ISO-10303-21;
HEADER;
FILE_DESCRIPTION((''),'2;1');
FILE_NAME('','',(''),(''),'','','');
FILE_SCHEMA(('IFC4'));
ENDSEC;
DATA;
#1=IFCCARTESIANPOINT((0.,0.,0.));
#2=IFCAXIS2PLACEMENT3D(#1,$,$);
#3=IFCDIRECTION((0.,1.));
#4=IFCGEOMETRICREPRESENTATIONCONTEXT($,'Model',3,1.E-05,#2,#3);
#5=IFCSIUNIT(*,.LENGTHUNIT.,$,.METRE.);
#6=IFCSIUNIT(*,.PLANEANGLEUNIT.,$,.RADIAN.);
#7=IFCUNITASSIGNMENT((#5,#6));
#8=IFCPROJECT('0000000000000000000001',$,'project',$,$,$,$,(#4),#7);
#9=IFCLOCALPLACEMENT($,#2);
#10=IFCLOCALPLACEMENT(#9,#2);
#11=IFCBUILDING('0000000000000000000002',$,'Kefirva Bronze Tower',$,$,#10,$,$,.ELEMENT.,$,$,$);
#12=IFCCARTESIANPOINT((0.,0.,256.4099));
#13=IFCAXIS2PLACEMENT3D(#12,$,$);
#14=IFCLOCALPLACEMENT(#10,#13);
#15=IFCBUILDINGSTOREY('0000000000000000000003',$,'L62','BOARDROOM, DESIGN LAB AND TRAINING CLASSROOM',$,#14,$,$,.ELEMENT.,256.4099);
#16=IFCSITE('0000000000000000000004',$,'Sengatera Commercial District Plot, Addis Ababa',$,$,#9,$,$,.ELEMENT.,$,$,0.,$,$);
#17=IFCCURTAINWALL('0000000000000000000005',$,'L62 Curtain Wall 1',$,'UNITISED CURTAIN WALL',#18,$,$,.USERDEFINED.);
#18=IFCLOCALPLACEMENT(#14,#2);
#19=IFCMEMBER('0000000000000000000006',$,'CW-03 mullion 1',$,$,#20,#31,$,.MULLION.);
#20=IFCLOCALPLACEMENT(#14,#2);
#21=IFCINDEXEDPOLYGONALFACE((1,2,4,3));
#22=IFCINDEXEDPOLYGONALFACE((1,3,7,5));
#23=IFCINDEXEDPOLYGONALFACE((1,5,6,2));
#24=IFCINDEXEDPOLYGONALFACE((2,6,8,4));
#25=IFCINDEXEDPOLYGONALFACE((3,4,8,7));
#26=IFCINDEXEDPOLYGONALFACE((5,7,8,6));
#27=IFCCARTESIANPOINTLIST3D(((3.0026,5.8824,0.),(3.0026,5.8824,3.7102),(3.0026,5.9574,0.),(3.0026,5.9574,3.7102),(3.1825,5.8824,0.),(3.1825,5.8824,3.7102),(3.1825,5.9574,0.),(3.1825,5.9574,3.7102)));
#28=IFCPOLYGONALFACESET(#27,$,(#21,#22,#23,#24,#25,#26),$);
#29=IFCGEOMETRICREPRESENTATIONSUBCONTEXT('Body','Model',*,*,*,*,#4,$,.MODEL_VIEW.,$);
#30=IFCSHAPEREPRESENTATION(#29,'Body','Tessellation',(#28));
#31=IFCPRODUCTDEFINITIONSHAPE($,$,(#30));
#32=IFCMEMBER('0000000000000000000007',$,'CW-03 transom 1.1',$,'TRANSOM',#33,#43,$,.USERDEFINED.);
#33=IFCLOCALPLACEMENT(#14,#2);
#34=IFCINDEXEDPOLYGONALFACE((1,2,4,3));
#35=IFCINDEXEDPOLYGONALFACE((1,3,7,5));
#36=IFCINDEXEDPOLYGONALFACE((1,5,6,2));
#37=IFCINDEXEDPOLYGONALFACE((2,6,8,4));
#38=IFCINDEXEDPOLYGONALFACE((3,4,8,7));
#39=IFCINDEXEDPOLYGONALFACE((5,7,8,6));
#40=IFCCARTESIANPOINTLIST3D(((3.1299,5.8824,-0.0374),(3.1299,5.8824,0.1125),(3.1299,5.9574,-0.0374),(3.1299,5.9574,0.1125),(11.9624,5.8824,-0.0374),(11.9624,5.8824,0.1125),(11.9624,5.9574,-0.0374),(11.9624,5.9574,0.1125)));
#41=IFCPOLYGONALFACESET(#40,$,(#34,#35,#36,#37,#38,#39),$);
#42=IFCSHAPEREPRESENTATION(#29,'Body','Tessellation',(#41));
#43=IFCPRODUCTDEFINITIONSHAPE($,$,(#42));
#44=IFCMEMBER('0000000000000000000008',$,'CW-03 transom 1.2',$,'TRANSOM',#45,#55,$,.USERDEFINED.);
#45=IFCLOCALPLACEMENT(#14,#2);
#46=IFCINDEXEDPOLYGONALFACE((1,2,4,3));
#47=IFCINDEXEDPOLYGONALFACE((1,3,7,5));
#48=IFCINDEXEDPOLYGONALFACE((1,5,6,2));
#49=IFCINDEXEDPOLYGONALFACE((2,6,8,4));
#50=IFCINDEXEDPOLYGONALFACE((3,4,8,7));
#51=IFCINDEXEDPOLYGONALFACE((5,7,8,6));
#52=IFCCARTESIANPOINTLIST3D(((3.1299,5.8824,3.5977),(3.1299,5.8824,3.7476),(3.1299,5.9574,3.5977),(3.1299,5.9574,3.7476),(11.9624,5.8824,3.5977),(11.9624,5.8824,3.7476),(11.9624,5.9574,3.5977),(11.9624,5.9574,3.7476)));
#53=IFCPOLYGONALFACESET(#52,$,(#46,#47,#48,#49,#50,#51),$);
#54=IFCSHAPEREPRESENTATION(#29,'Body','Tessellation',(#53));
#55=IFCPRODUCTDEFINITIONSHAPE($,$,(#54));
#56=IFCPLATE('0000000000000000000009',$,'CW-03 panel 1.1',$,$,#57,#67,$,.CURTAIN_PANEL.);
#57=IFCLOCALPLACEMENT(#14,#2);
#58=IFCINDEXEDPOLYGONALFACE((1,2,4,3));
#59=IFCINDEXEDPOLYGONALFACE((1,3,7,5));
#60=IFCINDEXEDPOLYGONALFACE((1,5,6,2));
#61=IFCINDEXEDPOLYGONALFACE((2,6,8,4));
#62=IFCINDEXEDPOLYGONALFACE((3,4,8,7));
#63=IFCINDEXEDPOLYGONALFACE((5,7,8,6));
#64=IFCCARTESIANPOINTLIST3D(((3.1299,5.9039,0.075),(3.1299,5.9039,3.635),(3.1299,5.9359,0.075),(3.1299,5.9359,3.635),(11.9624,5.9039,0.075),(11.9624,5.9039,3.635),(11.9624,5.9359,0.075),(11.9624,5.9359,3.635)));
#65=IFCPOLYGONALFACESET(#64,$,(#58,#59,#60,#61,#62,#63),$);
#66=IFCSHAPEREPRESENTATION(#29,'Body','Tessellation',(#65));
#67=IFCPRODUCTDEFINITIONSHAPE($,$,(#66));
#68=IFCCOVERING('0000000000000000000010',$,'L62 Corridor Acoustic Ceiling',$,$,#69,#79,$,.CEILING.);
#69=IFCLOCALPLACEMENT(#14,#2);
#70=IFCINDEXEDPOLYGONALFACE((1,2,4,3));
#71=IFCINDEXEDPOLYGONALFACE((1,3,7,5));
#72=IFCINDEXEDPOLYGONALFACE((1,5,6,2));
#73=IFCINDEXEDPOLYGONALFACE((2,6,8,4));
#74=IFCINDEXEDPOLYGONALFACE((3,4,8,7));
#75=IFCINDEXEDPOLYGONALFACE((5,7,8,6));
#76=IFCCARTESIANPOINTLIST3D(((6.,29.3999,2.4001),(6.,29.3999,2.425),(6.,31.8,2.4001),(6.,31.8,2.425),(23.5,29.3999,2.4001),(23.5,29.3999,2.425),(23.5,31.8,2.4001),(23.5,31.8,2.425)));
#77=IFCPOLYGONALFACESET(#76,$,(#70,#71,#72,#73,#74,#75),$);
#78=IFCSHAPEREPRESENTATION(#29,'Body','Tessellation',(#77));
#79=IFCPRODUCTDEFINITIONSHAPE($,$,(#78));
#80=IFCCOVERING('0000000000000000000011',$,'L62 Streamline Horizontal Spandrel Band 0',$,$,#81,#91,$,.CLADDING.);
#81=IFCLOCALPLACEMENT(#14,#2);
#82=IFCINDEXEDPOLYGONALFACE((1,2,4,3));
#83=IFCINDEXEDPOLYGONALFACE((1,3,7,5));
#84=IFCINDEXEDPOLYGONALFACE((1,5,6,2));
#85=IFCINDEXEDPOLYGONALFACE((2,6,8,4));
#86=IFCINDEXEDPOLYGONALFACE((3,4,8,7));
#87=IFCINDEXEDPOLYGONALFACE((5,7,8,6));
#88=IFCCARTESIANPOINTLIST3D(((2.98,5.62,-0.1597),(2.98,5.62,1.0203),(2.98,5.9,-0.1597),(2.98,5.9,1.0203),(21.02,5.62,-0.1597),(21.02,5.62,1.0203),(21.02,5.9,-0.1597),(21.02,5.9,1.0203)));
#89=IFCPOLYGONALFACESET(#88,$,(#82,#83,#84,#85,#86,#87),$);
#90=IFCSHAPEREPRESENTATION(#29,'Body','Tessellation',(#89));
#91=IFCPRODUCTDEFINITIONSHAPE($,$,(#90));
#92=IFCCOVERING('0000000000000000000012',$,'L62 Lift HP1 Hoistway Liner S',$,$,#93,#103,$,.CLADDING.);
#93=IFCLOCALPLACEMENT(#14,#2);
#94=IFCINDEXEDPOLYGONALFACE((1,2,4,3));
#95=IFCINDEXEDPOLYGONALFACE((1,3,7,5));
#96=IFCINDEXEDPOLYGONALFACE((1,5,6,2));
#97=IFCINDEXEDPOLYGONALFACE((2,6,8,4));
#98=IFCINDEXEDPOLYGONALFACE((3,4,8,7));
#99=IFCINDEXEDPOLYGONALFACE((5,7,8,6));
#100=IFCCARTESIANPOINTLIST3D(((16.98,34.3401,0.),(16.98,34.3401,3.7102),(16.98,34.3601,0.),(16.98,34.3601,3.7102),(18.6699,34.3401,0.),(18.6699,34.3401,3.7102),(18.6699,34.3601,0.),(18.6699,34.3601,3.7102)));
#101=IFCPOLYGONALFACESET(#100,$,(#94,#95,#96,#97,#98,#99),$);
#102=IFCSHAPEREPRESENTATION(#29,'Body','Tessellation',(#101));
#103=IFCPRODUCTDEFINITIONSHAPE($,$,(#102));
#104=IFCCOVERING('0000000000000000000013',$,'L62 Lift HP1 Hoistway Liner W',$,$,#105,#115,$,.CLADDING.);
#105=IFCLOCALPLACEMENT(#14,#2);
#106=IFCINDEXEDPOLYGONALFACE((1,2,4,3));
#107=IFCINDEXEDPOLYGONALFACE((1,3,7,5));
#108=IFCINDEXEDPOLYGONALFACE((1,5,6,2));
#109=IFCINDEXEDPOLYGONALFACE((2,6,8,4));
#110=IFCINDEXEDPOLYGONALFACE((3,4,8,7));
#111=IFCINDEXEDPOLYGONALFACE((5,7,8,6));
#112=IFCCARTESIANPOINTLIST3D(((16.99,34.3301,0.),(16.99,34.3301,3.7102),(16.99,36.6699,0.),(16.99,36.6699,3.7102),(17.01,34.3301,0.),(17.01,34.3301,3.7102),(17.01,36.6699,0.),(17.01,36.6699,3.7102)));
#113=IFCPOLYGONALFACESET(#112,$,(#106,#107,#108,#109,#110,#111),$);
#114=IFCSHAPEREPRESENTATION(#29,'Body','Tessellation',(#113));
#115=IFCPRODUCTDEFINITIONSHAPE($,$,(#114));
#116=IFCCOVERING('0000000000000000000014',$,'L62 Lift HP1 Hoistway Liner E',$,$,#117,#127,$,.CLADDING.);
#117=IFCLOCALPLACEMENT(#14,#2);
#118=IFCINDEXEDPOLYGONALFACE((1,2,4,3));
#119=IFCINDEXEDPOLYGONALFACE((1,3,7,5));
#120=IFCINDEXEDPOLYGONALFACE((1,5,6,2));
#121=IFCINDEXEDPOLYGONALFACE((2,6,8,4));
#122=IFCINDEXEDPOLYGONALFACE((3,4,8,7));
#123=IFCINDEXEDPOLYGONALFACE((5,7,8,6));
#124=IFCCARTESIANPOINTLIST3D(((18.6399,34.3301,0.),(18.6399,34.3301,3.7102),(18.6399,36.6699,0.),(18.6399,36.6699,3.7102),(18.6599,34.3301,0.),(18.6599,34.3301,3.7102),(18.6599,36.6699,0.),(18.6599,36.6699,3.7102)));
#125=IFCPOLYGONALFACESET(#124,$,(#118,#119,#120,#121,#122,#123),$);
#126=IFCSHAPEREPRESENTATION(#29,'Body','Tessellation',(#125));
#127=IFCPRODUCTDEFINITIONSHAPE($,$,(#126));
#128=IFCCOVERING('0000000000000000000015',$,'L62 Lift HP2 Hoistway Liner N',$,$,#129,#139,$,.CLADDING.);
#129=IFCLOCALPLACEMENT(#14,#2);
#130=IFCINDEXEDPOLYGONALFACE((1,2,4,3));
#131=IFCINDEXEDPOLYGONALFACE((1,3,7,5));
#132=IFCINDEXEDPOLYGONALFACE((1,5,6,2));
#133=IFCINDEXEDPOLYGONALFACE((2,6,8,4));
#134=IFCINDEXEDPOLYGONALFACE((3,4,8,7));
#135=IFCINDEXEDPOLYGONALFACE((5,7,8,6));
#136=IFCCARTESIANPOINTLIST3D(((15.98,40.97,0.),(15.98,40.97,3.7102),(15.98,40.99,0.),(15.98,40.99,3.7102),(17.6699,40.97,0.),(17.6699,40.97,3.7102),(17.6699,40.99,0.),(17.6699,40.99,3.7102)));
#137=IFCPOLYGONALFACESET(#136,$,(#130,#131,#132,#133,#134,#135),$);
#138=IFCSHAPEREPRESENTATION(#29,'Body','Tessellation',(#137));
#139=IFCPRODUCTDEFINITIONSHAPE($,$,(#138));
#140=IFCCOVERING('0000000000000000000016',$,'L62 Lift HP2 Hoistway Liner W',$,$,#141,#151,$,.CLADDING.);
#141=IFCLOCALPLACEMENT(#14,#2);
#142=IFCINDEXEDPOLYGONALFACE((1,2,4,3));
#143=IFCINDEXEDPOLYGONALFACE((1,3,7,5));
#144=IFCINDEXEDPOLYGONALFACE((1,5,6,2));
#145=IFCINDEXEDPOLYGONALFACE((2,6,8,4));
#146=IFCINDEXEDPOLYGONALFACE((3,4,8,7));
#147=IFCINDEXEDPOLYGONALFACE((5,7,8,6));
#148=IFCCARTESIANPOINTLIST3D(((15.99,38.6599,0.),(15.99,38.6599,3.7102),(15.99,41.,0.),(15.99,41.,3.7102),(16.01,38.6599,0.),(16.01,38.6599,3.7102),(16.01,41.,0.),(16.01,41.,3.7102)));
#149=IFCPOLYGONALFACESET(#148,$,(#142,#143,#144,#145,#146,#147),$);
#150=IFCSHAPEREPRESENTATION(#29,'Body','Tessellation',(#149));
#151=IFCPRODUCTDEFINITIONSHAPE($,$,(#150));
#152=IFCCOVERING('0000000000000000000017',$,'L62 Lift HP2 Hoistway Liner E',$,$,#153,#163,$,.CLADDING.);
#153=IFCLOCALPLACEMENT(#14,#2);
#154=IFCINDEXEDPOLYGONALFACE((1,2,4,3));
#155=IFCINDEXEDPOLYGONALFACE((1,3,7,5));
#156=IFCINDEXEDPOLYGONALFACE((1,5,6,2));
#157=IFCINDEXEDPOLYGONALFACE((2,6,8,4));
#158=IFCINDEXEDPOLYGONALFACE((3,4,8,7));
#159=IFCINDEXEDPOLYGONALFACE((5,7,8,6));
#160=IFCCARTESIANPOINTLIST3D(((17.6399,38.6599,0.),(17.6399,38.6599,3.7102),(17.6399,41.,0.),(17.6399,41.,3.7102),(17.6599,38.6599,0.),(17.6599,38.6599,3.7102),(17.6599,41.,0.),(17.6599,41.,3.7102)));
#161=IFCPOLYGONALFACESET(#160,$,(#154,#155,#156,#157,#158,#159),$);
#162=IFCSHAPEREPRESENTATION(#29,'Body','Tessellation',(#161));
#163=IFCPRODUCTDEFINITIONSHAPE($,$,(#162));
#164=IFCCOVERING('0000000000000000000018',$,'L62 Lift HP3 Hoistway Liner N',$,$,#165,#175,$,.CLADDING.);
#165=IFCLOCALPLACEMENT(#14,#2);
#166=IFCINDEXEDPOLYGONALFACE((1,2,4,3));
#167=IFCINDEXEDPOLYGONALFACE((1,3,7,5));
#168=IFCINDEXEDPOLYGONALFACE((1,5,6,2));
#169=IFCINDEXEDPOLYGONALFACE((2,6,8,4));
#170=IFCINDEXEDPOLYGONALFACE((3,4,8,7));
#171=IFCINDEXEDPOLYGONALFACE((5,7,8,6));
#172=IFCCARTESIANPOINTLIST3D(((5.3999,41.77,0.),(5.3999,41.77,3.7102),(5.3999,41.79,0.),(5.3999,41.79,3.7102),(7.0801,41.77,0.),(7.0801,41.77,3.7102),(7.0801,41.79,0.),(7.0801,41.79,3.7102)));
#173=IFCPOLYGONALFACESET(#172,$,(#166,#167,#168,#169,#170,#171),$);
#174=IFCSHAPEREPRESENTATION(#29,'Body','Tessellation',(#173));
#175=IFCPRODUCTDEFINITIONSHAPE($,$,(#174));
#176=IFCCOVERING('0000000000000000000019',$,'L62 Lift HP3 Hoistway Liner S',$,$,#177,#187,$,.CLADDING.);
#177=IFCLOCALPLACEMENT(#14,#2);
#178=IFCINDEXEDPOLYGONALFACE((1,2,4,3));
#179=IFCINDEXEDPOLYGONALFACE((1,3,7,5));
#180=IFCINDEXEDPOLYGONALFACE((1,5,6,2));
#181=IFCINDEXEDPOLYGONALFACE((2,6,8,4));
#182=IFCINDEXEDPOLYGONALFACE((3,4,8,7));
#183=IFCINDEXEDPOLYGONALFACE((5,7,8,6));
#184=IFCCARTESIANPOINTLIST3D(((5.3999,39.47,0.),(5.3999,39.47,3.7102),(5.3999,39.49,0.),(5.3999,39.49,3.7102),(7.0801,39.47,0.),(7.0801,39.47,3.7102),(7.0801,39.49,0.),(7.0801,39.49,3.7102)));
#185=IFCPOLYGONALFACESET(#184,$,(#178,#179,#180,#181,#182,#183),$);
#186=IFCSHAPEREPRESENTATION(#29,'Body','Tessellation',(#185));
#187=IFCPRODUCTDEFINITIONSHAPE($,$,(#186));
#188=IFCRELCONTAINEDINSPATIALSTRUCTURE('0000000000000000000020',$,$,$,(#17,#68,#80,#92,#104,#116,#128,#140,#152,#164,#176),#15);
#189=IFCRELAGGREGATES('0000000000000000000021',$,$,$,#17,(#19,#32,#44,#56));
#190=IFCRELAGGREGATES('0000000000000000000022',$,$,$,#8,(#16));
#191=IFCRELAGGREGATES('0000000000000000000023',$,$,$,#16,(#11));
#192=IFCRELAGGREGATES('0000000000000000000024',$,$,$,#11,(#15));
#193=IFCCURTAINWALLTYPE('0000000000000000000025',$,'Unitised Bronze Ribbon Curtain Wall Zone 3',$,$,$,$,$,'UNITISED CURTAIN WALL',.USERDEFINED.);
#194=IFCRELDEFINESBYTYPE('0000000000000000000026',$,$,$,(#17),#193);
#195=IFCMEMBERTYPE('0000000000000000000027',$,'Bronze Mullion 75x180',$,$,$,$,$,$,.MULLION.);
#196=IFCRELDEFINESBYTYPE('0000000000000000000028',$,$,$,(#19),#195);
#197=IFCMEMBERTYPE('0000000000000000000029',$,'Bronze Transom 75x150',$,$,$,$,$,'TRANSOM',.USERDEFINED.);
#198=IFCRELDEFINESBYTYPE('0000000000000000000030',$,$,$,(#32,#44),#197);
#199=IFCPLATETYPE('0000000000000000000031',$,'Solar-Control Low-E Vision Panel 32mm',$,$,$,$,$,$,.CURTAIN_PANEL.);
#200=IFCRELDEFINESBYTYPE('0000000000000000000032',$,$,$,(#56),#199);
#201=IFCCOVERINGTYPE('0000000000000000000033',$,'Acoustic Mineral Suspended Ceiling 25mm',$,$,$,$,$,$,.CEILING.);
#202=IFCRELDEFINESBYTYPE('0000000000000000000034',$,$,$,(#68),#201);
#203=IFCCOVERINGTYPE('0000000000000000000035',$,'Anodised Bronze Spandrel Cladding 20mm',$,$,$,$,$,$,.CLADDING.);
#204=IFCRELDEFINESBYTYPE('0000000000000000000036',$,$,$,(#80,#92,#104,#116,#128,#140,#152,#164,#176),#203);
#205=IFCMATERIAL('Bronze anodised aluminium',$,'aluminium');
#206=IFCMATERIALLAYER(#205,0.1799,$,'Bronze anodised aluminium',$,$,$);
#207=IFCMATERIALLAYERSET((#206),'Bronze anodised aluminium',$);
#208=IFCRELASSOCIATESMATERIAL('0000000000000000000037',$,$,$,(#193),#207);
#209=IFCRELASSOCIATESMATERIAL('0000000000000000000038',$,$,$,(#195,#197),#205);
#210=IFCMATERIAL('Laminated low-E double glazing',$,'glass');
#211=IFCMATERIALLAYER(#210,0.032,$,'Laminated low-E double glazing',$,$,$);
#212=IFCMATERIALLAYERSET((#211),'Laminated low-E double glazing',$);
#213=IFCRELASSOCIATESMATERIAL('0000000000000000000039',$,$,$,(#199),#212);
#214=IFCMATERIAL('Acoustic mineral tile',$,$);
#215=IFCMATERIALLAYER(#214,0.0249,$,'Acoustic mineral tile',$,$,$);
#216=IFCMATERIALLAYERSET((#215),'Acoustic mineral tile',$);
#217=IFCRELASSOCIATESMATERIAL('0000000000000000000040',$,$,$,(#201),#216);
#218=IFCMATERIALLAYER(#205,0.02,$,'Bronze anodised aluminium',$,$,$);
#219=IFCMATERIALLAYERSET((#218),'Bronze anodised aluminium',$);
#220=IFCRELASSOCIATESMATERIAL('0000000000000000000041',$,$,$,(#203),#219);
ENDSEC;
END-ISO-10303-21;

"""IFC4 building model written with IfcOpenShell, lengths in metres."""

from ifc_helpers import new_model, si_unit, direction, frame, origin, origin_2d, place, context, subcontext, project, spatial, polyline, rectangle, outline, extrude, material, layer, layer_set, material_profile, profile_set, type_object, element, aggregate, save


model = new_model("IFC4")

# Units and contexts
model_context = context("Model", 3, precision=1e-05, world=origin(), true_north=direction((0.0, 1.0)))
body_context = subcontext(model_context, "Body", "Model", "MODEL_VIEW")
ifc_project = project(units=[si_unit("LENGTHUNIT", "METRE"), si_unit("PLANEANGLEUNIT", "RADIAN")], contexts=[model_context])

# Site, building, storey
site_placement = place(None, origin())
site = spatial("IfcSite", under=ifc_project, at=site_placement, Name="Sengatera Commercial District Plot, Addis Ababa", CompositionType="ELEMENT", RefElevation=0.0)
building_placement = place(site_placement, origin())
building = spatial("IfcBuilding", under=site, at=building_placement, Name="Kefirva Bronze Tower", CompositionType="ELEMENT")
storey_placement = place(building_placement, frame((0.0, 0.0, 256.4099)))
storey = spatial("IfcBuildingStorey", under=building, at=storey_placement, Name="L62", Description="BOARDROOM, DESIGN LAB AND TRAINING CLASSROOM", CompositionType="ELEMENT", Elevation=256.4099)

# Curtain wall, members, plate
ifc_material_1 = material(Name="Bronze anodised aluminium", Category="aluminium")
ifc_layer_1 = layer(ifc_material_1, 0.1799, Name="Bronze anodised aluminium")
ifc_layer_set_1 = layer_set([ifc_layer_1], Name="Bronze anodised aluminium")
curtain_wall_type = type_object("IfcCurtainWallType", Name="Unitised Bronze Ribbon Curtain Wall Zone 3", ElementType="UNITISED CURTAIN WALL", PredefinedType="USERDEFINED", material=ifc_layer_set_1)
curtain_wall_placement = place(storey_placement, origin())
curtain_wall = element("IfcCurtainWall", 1, at=curtain_wall_placement, inside=storey, type_object=curtain_wall_type, Name="L62 Curtain Wall 1", ObjectType="UNITISED CURTAIN WALL", PredefinedType="USERDEFINED")
ifc_material_profile_1 = material_profile(ifc_material_1, rectangle(XDim=0.075, YDim=0.1799, at=origin_2d()), Name="ALU 75x180")
ifc_profile_set_1 = profile_set([ifc_material_profile_1], Name="Bronze anodised aluminium")
member_type_1 = type_object("IfcMemberType", Name="Bronze Mullion 75x180", PredefinedType="MULLION", material=ifc_profile_set_1)
member_1_placement = place(storey_placement, frame((3.0925, 5.9199, 0.0), z_axis=(0.0, 0.0, 1.0), x_axis=(0.0, 1.0, 0.0)))
member_1 = element("IfcMember", 2, at=member_1_placement, type_object=member_type_1, Name="CW-03 mullion 1", PredefinedType="MULLION", context=body_context, shape_type="SweptSolid", body=[
    extrude(rectangle(XDim=0.075, YDim=0.1799, at=origin_2d()), origin(), (0.0, 0.0, 1.0), 3.7102),
])
ifc_material_profile_2 = material_profile(ifc_material_1, rectangle(XDim=0.075, YDim=0.1499, at=origin_2d()), Name="ALU 75x150")
ifc_profile_set_2 = profile_set([ifc_material_profile_2], Name="Bronze anodised aluminium")
member_type_2 = type_object("IfcMemberType", Name="Bronze Transom 75x150", ElementType="TRANSOM", PredefinedType="USERDEFINED", material=ifc_profile_set_2)
member_2_placement = place(storey_placement, frame((3.1299, 5.9199, 0.0376), z_axis=(1.0, 0.0, 0.0), x_axis=(0.0, 1.0, 0.0)))
member_2 = element("IfcMember", 3, at=member_2_placement, type_object=member_type_2, Name="CW-03 transom 1.1", ObjectType="TRANSOM", PredefinedType="USERDEFINED", context=body_context, shape_type="SweptSolid", body=[
    extrude(rectangle(XDim=0.075, YDim=0.1499, at=origin_2d()), origin(), (0.0, 0.0, 1.0), 8.8325),
])
member_3_placement = place(storey_placement, frame((3.1299, 5.9199, 3.6726), z_axis=(1.0, 0.0, 0.0), x_axis=(0.0, 1.0, 0.0)))
member_3 = element("IfcMember", 4, at=member_3_placement, type_object=member_type_2, Name="CW-03 transom 1.2", ObjectType="TRANSOM", PredefinedType="USERDEFINED", context=body_context, shape_type="SweptSolid", body=[
    extrude(rectangle(XDim=0.075, YDim=0.1499, at=origin_2d()), origin(), (0.0, 0.0, 1.0), 8.8325),
])
ifc_material_2 = material(Name="Laminated low-E double glazing", Category="glass")
ifc_layer_2 = layer(ifc_material_2, 0.032, Name="Laminated low-E double glazing")
ifc_layer_set_2 = layer_set([ifc_layer_2], Name="Laminated low-E double glazing")
plate_type = type_object("IfcPlateType", Name="Solar-Control Low-E Vision Panel 32mm", PredefinedType="CURTAIN_PANEL", material=ifc_layer_set_2)
plate_placement = place(storey_placement, frame((7.5461, 5.9199, 0.075), z_axis=(0.0, 0.0, 1.0), x_axis=(1.0, 0.0, 0.0)))
plate = element("IfcPlate", 5, at=plate_placement, type_object=plate_type, Name="CW-03 panel 1.1", PredefinedType="CURTAIN_PANEL", context=body_context, shape_type="SweptSolid", body=[
    extrude(rectangle(XDim=8.8325, YDim=0.032, at=origin_2d()), origin(), (0.0, 0.0, 1.0), 3.5601),
])
aggregate(curtain_wall, [member_1, member_2, member_3, plate])

# Coverings
ifc_material_3 = material(Name="Acoustic mineral tile")
ifc_layer_3 = layer(ifc_material_3, 0.0249, Name="Acoustic mineral tile")
ifc_layer_set_3 = layer_set([ifc_layer_3], Name="Acoustic mineral tile")
covering_type_1 = type_object("IfcCoveringType", Name="Acoustic Mineral Suspended Ceiling 25mm", PredefinedType="CEILING", material=ifc_layer_set_3)
covering_1_placement = place(storey_placement, frame((0.0, 0.0, 2.4001)))
element("IfcCovering", 6, at=covering_1_placement, inside=storey, type_object=covering_type_1, Name="L62 Corridor Acoustic Ceiling", PredefinedType="CEILING", context=body_context, shape_type="SweptSolid", body=[
    extrude(outline(polyline([(6.0, 29.3999), (23.5, 29.3999), (23.5, 31.8), (6.0, 31.8), (6.0, 29.3999)])), origin(), (0.0, 0.0, 1.0), 0.0249),
])
ifc_layer_4 = layer(ifc_material_1, 0.02, Name="Bronze anodised aluminium")
ifc_layer_set_4 = layer_set([ifc_layer_4], Name="Bronze anodised aluminium")
covering_type_2 = type_object("IfcCoveringType", Name="Anodised Bronze Spandrel Cladding 20mm", PredefinedType="CLADDING", material=ifc_layer_set_4)
covering_2_placement = place(storey_placement, frame((12.0, 5.76, -0.1597), z_axis=(0.0, 0.0, 1.0), x_axis=(1.0, 0.0, 0.0)))
element("IfcCovering", 7, at=covering_2_placement, inside=storey, type_object=covering_type_2, Name="L62 Streamline Horizontal Spandrel Band 0", PredefinedType="CLADDING", context=body_context, shape_type="SweptSolid", body=[
    extrude(rectangle(XDim=18.04, YDim=0.28, at=origin_2d()), origin(), (0.0, 0.0, 1.0), 1.1799),
])
covering_3_placement = place(storey_placement, origin())
element("IfcCovering", 8, at=covering_3_placement, inside=storey, type_object=covering_type_2, Name="L62 Lift HP1 Hoistway Liner S", PredefinedType="CLADDING", context=body_context, shape_type="SweptSolid", body=[
    extrude(outline(polyline([(16.98, 34.3401), (18.6699, 34.3401), (18.6699, 34.3601), (16.98, 34.3601), (16.98, 34.3401)])), origin(), (0.0, 0.0, 1.0), 3.7102),
])
covering_4_placement = place(storey_placement, origin())
element("IfcCovering", 9, at=covering_4_placement, inside=storey, type_object=covering_type_2, Name="L62 Lift HP1 Hoistway Liner W", PredefinedType="CLADDING", context=body_context, shape_type="SweptSolid", body=[
    extrude(outline(polyline([(16.99, 34.3301), (17.01, 34.3301), (17.01, 36.6699), (16.99, 36.6699), (16.99, 34.3301)])), origin(), (0.0, 0.0, 1.0), 3.7102),
])
covering_5_placement = place(storey_placement, origin())
element("IfcCovering", 10, at=covering_5_placement, inside=storey, type_object=covering_type_2, Name="L62 Lift HP1 Hoistway Liner E", PredefinedType="CLADDING", context=body_context, shape_type="SweptSolid", body=[
    extrude(outline(polyline([(18.6399, 34.3301), (18.6599, 34.3301), (18.6599, 36.6699), (18.6399, 36.6699), (18.6399, 34.3301)])), origin(), (0.0, 0.0, 1.0), 3.7102),
])
covering_6_placement = place(storey_placement, origin())
element("IfcCovering", 11, at=covering_6_placement, inside=storey, type_object=covering_type_2, Name="L62 Lift HP2 Hoistway Liner N", PredefinedType="CLADDING", context=body_context, shape_type="SweptSolid", body=[
    extrude(outline(polyline([(15.98, 40.97), (17.6699, 40.97), (17.6699, 40.99), (15.98, 40.99), (15.98, 40.97)])), origin(), (0.0, 0.0, 1.0), 3.7102),
])
covering_7_placement = place(storey_placement, origin())
element("IfcCovering", 12, at=covering_7_placement, inside=storey, type_object=covering_type_2, Name="L62 Lift HP2 Hoistway Liner W", PredefinedType="CLADDING", context=body_context, shape_type="SweptSolid", body=[
    extrude(outline(polyline([(15.99, 38.6599), (16.01, 38.6599), (16.01, 41.0), (15.99, 41.0), (15.99, 38.6599)])), origin(), (0.0, 0.0, 1.0), 3.7102),
])
covering_8_placement = place(storey_placement, origin())
element("IfcCovering", 13, at=covering_8_placement, inside=storey, type_object=covering_type_2, Name="L62 Lift HP2 Hoistway Liner E", PredefinedType="CLADDING", context=body_context, shape_type="SweptSolid", body=[
    extrude(outline(polyline([(17.6399, 38.6599), (17.6599, 38.6599), (17.6599, 41.0), (17.6399, 41.0), (17.6399, 38.6599)])), origin(), (0.0, 0.0, 1.0), 3.7102),
])
covering_9_placement = place(storey_placement, origin())
element("IfcCovering", 14, at=covering_9_placement, inside=storey, type_object=covering_type_2, Name="L62 Lift HP3 Hoistway Liner N", PredefinedType="CLADDING", context=body_context, shape_type="SweptSolid", body=[
    extrude(outline(polyline([(5.3999, 41.77), (7.0801, 41.77), (7.0801, 41.79), (5.3999, 41.79), (5.3999, 41.77)])), origin(), (0.0, 0.0, 1.0), 3.7102),
])
covering_10_placement = place(storey_placement, origin())
element("IfcCovering", 15, at=covering_10_placement, inside=storey, type_object=covering_type_2, Name="L62 Lift HP3 Hoistway Liner S", PredefinedType="CLADDING", context=body_context, shape_type="SweptSolid", body=[
    extrude(outline(polyline([(5.3999, 39.47), (7.0801, 39.47), (7.0801, 39.49), (5.3999, 39.49), (5.3999, 39.47)])), origin(), (0.0, 0.0, 1.0), 3.7102),
])

save(model, "model.ifc")
